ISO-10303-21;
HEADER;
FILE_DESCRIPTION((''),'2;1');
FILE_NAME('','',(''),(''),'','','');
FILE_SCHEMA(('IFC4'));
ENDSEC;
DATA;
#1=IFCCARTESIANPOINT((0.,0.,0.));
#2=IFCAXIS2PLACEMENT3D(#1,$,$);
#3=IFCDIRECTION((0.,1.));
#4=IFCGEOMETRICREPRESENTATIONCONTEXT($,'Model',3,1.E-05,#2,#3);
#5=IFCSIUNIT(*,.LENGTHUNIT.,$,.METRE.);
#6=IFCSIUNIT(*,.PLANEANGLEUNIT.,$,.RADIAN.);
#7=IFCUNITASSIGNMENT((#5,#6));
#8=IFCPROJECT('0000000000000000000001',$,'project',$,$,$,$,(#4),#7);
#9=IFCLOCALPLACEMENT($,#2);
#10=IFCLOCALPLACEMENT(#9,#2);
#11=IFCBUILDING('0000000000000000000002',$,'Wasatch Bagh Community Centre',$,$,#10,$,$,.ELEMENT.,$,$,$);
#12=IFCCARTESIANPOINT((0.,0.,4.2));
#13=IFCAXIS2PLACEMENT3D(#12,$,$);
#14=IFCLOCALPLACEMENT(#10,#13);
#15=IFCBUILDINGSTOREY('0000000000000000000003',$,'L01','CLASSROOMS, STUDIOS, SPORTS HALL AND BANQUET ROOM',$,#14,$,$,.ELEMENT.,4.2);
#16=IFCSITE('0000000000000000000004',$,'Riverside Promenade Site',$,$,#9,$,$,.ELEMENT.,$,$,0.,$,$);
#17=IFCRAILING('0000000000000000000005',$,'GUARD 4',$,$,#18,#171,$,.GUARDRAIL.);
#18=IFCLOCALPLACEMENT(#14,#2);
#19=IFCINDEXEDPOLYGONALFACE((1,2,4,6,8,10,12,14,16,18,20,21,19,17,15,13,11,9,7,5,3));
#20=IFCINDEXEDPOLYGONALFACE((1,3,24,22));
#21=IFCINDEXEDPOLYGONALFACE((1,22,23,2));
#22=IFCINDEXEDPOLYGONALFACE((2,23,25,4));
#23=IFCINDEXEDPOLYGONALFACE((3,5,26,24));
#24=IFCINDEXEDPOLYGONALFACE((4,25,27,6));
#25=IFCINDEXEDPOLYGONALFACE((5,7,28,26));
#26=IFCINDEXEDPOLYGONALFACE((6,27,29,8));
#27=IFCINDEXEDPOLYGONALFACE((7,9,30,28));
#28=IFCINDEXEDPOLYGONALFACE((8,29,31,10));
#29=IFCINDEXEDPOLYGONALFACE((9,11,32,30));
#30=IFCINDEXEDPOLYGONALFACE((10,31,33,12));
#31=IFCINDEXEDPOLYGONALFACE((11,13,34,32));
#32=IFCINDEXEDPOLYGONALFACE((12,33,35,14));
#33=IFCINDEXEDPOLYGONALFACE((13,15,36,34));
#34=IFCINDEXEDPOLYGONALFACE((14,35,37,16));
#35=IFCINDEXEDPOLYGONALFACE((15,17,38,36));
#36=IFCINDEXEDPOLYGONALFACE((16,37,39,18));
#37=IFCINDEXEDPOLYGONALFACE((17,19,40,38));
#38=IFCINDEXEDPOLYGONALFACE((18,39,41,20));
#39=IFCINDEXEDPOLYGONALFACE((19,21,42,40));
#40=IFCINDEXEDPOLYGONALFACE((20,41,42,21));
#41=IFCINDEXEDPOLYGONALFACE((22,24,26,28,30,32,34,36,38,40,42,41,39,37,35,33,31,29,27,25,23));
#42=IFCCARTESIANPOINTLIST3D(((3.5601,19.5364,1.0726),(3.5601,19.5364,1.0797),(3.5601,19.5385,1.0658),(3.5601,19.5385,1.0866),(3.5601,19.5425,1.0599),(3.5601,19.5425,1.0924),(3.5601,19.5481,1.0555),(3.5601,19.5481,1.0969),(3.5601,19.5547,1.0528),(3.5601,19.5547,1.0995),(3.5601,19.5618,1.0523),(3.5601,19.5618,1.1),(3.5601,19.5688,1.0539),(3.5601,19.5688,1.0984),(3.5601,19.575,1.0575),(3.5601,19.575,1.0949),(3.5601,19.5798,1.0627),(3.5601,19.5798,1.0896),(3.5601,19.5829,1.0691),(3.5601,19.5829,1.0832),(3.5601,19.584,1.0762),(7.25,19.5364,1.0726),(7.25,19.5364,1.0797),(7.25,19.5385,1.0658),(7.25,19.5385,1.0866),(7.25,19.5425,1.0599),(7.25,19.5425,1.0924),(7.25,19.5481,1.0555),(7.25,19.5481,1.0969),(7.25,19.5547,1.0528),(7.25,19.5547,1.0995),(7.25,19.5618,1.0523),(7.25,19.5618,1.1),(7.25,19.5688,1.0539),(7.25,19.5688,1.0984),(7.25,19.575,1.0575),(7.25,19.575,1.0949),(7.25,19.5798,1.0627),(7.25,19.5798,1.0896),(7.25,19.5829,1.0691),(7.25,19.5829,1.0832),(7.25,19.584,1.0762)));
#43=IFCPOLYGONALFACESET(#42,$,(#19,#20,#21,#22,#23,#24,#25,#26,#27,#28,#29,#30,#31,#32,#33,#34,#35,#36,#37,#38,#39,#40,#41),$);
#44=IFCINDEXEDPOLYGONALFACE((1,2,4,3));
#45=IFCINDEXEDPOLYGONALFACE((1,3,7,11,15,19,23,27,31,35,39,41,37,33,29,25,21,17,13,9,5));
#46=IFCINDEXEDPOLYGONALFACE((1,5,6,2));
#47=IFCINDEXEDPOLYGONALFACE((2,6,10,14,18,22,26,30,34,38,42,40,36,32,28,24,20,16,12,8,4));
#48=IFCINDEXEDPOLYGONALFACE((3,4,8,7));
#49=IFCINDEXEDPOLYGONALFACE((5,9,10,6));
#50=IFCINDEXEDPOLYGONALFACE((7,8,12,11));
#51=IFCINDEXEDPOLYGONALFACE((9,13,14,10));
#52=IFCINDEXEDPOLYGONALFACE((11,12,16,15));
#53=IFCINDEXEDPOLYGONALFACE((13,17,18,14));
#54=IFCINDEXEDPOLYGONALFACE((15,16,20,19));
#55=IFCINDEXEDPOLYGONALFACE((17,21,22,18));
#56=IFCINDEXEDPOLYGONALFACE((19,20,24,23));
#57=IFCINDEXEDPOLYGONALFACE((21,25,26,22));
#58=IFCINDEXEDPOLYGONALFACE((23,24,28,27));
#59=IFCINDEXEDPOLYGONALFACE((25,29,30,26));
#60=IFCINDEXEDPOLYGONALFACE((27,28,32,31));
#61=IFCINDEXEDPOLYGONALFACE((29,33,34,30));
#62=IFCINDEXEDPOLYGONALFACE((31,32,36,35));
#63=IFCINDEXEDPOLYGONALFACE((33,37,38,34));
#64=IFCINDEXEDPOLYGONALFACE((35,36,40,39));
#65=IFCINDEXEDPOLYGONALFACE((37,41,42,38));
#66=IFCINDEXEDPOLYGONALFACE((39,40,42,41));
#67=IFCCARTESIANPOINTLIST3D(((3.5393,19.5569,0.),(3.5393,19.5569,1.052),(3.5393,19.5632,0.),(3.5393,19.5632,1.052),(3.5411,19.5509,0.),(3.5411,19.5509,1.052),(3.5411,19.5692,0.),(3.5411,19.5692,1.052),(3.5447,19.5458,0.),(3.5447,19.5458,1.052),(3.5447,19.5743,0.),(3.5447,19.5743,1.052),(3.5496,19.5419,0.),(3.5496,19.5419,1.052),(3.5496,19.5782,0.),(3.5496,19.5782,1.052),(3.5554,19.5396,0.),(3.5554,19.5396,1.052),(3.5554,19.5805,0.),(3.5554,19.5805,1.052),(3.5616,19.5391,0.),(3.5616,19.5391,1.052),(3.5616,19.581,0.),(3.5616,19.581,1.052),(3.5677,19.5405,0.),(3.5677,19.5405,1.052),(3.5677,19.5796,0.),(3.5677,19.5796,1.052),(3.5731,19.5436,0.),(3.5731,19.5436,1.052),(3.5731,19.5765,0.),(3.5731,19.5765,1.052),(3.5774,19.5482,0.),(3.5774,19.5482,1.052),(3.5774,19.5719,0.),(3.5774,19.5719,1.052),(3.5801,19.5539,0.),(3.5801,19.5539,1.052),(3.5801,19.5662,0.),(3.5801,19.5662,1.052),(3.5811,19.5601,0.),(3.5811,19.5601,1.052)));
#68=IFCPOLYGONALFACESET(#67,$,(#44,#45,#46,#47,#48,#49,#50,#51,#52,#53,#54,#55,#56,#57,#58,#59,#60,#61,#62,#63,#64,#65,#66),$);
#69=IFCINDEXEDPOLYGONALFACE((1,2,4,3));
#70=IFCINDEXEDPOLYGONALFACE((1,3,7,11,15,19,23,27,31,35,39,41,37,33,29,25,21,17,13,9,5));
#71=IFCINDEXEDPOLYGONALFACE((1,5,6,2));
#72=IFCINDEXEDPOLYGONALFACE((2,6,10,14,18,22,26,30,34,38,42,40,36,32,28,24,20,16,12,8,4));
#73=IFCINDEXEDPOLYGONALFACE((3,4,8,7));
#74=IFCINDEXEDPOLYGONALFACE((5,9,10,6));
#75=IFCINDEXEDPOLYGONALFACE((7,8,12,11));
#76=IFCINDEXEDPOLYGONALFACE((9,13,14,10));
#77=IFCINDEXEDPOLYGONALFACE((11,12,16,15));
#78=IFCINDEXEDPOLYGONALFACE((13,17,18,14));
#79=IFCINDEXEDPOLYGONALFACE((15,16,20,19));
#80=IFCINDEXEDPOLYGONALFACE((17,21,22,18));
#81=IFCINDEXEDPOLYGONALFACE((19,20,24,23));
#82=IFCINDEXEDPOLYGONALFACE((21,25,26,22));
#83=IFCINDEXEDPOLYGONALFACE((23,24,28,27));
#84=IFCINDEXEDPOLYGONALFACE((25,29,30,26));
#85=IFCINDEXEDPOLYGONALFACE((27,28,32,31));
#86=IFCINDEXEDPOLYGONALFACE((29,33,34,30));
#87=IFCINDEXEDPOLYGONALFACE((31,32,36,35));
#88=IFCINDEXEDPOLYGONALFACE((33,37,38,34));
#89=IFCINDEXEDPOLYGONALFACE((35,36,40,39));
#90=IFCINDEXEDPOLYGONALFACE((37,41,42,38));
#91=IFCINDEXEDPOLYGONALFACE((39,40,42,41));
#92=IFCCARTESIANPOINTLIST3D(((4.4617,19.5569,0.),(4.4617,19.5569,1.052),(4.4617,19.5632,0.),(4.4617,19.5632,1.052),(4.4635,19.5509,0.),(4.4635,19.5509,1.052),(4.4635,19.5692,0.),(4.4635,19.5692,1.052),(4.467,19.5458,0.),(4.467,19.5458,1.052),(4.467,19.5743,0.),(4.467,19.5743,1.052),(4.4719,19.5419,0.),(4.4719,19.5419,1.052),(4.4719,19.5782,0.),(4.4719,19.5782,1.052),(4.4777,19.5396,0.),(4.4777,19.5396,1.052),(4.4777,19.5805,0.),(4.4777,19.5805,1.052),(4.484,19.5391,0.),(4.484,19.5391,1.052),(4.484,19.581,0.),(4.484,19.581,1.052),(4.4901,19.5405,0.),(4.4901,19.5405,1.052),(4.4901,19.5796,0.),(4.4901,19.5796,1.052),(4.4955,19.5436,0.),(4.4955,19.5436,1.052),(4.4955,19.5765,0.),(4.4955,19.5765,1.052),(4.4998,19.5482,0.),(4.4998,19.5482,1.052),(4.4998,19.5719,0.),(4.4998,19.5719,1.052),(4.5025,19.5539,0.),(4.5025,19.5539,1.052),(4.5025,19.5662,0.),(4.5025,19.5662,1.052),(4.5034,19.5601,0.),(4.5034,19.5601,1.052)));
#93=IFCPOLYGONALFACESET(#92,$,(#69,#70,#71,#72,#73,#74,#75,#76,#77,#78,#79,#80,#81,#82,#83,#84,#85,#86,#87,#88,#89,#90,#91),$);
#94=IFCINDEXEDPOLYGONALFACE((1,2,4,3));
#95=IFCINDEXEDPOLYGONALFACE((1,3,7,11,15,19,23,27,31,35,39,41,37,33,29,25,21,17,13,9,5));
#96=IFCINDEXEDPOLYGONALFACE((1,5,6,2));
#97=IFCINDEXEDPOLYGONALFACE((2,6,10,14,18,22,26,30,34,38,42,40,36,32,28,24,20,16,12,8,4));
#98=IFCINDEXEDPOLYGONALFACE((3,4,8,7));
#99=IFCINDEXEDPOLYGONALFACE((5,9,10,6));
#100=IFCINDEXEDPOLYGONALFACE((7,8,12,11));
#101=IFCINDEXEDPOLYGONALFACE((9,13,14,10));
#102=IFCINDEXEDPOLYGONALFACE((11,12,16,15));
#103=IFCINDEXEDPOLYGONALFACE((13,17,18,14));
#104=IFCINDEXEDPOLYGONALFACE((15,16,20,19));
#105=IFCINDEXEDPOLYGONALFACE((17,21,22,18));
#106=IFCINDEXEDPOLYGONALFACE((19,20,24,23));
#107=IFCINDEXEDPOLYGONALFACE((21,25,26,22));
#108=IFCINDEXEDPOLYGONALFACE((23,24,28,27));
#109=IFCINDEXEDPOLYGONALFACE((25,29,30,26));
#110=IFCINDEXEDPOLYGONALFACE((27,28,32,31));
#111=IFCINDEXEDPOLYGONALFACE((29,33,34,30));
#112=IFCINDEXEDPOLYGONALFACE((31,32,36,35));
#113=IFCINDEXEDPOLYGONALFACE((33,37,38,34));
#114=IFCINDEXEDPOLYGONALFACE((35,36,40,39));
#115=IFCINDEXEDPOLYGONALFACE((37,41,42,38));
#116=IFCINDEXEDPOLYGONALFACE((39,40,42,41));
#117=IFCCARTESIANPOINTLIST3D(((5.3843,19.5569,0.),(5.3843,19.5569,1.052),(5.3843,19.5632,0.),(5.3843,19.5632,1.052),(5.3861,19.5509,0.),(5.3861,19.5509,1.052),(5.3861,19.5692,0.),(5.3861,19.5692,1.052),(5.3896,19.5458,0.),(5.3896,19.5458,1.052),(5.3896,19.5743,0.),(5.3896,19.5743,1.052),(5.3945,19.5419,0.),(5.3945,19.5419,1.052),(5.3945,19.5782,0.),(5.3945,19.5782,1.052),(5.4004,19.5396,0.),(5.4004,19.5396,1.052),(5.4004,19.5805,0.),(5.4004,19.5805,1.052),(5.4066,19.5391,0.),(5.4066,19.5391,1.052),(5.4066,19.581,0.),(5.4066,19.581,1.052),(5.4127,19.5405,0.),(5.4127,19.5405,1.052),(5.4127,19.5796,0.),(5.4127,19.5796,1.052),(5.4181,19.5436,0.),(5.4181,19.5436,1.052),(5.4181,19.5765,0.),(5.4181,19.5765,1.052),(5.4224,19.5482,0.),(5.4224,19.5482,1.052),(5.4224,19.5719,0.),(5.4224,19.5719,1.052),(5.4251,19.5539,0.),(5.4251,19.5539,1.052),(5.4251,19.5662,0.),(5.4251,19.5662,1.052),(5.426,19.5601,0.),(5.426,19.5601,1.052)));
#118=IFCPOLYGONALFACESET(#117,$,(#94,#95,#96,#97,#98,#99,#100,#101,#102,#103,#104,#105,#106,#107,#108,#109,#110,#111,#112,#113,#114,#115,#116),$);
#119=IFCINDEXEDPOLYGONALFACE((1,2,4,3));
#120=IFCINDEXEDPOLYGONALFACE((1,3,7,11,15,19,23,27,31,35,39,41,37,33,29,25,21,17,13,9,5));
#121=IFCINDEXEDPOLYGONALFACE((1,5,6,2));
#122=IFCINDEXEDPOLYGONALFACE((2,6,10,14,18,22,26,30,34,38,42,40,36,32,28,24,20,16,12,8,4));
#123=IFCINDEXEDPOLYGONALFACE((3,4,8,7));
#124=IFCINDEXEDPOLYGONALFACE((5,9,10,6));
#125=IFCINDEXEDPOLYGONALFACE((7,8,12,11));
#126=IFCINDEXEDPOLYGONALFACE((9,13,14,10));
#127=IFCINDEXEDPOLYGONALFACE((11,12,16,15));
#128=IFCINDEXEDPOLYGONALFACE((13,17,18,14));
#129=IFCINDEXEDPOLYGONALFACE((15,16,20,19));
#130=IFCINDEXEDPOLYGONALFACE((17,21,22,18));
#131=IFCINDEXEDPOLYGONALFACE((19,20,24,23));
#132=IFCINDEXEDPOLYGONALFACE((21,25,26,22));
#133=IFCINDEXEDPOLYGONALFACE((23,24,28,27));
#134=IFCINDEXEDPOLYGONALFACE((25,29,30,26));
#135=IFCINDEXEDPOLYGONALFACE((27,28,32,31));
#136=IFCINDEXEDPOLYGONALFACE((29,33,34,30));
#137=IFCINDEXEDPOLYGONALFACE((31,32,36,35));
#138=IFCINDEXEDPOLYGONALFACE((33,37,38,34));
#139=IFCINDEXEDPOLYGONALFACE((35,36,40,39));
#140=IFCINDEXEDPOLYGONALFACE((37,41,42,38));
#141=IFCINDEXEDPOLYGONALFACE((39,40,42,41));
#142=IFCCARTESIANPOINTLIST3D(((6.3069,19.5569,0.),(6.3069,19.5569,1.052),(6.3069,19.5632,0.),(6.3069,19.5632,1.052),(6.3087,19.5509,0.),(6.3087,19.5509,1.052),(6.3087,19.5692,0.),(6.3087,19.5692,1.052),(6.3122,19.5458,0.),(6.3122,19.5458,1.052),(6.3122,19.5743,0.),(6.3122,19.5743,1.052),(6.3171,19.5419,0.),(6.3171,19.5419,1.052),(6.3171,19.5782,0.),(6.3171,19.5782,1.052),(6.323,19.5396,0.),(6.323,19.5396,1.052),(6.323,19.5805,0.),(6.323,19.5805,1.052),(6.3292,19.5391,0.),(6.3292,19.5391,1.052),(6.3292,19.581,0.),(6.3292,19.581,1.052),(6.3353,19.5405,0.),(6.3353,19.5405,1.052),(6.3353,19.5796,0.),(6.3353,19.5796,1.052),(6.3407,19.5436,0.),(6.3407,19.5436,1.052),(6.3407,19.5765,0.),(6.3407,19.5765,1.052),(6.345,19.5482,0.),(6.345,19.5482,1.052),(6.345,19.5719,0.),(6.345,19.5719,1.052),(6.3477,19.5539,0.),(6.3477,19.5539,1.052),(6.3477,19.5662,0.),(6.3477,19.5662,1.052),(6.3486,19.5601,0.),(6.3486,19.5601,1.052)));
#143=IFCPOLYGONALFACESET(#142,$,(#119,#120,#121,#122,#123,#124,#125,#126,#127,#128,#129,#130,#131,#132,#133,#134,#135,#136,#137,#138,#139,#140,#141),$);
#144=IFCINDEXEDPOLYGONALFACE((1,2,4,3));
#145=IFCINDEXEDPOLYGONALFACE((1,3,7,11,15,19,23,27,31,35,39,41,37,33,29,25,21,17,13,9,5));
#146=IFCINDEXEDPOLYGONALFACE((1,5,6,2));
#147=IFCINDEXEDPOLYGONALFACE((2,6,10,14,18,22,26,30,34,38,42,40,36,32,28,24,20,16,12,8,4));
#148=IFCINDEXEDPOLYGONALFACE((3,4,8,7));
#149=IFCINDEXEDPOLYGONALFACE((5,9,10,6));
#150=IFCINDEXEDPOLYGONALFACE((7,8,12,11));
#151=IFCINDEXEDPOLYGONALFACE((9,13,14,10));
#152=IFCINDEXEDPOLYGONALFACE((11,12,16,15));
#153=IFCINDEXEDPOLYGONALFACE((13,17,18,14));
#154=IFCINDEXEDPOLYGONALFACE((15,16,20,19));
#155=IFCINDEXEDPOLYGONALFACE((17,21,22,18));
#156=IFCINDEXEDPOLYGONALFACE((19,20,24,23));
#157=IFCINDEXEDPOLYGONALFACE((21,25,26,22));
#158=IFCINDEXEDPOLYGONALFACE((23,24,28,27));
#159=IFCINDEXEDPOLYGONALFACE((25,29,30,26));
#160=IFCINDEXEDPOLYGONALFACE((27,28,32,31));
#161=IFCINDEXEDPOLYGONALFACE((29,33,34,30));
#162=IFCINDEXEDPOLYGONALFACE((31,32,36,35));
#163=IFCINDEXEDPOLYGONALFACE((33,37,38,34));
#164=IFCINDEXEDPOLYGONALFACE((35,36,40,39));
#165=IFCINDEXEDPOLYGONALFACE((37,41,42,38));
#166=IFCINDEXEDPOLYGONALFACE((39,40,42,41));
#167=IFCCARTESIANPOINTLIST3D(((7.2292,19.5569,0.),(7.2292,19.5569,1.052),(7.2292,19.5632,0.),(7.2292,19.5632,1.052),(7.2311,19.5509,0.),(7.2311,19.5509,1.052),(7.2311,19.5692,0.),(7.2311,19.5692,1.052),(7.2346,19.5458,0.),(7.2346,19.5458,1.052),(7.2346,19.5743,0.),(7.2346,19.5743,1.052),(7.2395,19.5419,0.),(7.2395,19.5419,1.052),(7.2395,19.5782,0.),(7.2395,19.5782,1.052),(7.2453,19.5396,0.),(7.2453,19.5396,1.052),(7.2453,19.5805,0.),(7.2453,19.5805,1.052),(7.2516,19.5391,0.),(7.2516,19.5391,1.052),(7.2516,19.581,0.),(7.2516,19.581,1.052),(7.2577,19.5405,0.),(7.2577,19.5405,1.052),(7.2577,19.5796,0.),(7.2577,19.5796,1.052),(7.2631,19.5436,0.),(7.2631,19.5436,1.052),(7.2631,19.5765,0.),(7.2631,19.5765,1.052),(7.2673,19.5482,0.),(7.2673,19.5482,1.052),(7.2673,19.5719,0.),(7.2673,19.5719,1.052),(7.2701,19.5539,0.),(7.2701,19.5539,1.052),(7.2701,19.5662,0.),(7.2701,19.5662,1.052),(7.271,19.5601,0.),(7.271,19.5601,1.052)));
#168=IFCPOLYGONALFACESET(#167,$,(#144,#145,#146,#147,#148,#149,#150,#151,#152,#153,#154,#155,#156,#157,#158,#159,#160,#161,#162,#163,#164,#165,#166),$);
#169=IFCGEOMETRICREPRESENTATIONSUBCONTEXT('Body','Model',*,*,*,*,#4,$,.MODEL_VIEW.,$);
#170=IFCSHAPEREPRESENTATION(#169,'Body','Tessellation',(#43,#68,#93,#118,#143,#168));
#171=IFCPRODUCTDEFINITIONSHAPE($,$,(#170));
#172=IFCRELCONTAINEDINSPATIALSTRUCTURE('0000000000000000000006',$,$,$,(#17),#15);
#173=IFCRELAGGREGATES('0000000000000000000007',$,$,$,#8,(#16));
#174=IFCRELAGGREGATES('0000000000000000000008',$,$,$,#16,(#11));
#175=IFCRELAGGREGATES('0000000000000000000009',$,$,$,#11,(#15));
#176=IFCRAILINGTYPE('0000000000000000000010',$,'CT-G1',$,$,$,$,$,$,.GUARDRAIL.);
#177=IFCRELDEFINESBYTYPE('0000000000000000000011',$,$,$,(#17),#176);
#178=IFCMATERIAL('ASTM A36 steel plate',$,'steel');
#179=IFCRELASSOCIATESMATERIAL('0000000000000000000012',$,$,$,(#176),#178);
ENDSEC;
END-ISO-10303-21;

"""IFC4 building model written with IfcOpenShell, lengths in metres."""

from ifc_helpers import new_model, si_unit, direction, frame, origin, origin_2d, place, context, subcontext, project, spatial, circle, extrude, material, type_object, element, save


model = new_model("IFC4")

# Units and contexts
model_context = context("Model", 3, precision=1e-05, world=origin(), true_north=direction((0.0, 1.0)))
body_context = subcontext(model_context, "Body", "Model", "MODEL_VIEW")
ifc_project = project(units=[si_unit("LENGTHUNIT", "METRE"), si_unit("PLANEANGLEUNIT", "RADIAN")], contexts=[model_context])

# Site, building, storey
site_placement = place(None, origin())
site = spatial("IfcSite", under=ifc_project, at=site_placement, Name="Riverside Promenade Site", CompositionType="ELEMENT", RefElevation=0.0)
building_placement = place(site_placement, origin())
building = spatial("IfcBuilding", under=site, at=building_placement, Name="Wasatch Bagh Community Centre", CompositionType="ELEMENT")
storey_placement = place(building_placement, frame((0.0, 0.0, 4.2)))
storey = spatial("IfcBuildingStorey", under=building, at=storey_placement, Name="L01", Description="CLASSROOMS, STUDIOS, SPORTS HALL AND BANQUET ROOM", CompositionType="ELEMENT", Elevation=4.2)

# Railing
ifc_material_1 = material(Name="ASTM A36 steel plate", Category="steel")
railing_type = type_object("IfcRailingType", Name="CT-G1", PredefinedType="GUARDRAIL", material=ifc_material_1)
railing_1_placement = place(storey_placement, frame((3.5601, 19.5601, 0.0)))
element("IfcRailing", 1, at=railing_1_placement, inside=storey, type_object=railing_type, Name="GUARD 4", PredefinedType="GUARDRAIL", context=body_context, shape_type="SweptSolid", body=[
    extrude(circle(Radius=0.0239, at=origin_2d()), frame((0.0, 0.0, 1.0762), z_axis=(1.0, 0.0, 0.0), x_axis=(0.0, 1.0, 0.0)), (0.0, 0.0, 1.0), 3.6899),
    extrude(circle(Radius=0.021, at=origin_2d()), origin(), (0.0, 0.0, 1.0), 1.052),
    extrude(circle(Radius=0.021, at=origin_2d()), frame((0.9224, 0.0, 0.0)), (0.0, 0.0, 1.0), 1.052),
    extrude(circle(Radius=0.021, at=origin_2d()), frame((1.845, 0.0, 0.0)), (0.0, 0.0, 1.0), 1.052),
    extrude(circle(Radius=0.021, at=origin_2d()), frame((2.7676, 0.0, 0.0)), (0.0, 0.0, 1.0), 1.052),
    extrude(circle(Radius=0.021, at=origin_2d()), frame((3.6899, 0.0, 0.0)), (0.0, 0.0, 1.0), 1.052),
])

save(model, "model.ifc")
